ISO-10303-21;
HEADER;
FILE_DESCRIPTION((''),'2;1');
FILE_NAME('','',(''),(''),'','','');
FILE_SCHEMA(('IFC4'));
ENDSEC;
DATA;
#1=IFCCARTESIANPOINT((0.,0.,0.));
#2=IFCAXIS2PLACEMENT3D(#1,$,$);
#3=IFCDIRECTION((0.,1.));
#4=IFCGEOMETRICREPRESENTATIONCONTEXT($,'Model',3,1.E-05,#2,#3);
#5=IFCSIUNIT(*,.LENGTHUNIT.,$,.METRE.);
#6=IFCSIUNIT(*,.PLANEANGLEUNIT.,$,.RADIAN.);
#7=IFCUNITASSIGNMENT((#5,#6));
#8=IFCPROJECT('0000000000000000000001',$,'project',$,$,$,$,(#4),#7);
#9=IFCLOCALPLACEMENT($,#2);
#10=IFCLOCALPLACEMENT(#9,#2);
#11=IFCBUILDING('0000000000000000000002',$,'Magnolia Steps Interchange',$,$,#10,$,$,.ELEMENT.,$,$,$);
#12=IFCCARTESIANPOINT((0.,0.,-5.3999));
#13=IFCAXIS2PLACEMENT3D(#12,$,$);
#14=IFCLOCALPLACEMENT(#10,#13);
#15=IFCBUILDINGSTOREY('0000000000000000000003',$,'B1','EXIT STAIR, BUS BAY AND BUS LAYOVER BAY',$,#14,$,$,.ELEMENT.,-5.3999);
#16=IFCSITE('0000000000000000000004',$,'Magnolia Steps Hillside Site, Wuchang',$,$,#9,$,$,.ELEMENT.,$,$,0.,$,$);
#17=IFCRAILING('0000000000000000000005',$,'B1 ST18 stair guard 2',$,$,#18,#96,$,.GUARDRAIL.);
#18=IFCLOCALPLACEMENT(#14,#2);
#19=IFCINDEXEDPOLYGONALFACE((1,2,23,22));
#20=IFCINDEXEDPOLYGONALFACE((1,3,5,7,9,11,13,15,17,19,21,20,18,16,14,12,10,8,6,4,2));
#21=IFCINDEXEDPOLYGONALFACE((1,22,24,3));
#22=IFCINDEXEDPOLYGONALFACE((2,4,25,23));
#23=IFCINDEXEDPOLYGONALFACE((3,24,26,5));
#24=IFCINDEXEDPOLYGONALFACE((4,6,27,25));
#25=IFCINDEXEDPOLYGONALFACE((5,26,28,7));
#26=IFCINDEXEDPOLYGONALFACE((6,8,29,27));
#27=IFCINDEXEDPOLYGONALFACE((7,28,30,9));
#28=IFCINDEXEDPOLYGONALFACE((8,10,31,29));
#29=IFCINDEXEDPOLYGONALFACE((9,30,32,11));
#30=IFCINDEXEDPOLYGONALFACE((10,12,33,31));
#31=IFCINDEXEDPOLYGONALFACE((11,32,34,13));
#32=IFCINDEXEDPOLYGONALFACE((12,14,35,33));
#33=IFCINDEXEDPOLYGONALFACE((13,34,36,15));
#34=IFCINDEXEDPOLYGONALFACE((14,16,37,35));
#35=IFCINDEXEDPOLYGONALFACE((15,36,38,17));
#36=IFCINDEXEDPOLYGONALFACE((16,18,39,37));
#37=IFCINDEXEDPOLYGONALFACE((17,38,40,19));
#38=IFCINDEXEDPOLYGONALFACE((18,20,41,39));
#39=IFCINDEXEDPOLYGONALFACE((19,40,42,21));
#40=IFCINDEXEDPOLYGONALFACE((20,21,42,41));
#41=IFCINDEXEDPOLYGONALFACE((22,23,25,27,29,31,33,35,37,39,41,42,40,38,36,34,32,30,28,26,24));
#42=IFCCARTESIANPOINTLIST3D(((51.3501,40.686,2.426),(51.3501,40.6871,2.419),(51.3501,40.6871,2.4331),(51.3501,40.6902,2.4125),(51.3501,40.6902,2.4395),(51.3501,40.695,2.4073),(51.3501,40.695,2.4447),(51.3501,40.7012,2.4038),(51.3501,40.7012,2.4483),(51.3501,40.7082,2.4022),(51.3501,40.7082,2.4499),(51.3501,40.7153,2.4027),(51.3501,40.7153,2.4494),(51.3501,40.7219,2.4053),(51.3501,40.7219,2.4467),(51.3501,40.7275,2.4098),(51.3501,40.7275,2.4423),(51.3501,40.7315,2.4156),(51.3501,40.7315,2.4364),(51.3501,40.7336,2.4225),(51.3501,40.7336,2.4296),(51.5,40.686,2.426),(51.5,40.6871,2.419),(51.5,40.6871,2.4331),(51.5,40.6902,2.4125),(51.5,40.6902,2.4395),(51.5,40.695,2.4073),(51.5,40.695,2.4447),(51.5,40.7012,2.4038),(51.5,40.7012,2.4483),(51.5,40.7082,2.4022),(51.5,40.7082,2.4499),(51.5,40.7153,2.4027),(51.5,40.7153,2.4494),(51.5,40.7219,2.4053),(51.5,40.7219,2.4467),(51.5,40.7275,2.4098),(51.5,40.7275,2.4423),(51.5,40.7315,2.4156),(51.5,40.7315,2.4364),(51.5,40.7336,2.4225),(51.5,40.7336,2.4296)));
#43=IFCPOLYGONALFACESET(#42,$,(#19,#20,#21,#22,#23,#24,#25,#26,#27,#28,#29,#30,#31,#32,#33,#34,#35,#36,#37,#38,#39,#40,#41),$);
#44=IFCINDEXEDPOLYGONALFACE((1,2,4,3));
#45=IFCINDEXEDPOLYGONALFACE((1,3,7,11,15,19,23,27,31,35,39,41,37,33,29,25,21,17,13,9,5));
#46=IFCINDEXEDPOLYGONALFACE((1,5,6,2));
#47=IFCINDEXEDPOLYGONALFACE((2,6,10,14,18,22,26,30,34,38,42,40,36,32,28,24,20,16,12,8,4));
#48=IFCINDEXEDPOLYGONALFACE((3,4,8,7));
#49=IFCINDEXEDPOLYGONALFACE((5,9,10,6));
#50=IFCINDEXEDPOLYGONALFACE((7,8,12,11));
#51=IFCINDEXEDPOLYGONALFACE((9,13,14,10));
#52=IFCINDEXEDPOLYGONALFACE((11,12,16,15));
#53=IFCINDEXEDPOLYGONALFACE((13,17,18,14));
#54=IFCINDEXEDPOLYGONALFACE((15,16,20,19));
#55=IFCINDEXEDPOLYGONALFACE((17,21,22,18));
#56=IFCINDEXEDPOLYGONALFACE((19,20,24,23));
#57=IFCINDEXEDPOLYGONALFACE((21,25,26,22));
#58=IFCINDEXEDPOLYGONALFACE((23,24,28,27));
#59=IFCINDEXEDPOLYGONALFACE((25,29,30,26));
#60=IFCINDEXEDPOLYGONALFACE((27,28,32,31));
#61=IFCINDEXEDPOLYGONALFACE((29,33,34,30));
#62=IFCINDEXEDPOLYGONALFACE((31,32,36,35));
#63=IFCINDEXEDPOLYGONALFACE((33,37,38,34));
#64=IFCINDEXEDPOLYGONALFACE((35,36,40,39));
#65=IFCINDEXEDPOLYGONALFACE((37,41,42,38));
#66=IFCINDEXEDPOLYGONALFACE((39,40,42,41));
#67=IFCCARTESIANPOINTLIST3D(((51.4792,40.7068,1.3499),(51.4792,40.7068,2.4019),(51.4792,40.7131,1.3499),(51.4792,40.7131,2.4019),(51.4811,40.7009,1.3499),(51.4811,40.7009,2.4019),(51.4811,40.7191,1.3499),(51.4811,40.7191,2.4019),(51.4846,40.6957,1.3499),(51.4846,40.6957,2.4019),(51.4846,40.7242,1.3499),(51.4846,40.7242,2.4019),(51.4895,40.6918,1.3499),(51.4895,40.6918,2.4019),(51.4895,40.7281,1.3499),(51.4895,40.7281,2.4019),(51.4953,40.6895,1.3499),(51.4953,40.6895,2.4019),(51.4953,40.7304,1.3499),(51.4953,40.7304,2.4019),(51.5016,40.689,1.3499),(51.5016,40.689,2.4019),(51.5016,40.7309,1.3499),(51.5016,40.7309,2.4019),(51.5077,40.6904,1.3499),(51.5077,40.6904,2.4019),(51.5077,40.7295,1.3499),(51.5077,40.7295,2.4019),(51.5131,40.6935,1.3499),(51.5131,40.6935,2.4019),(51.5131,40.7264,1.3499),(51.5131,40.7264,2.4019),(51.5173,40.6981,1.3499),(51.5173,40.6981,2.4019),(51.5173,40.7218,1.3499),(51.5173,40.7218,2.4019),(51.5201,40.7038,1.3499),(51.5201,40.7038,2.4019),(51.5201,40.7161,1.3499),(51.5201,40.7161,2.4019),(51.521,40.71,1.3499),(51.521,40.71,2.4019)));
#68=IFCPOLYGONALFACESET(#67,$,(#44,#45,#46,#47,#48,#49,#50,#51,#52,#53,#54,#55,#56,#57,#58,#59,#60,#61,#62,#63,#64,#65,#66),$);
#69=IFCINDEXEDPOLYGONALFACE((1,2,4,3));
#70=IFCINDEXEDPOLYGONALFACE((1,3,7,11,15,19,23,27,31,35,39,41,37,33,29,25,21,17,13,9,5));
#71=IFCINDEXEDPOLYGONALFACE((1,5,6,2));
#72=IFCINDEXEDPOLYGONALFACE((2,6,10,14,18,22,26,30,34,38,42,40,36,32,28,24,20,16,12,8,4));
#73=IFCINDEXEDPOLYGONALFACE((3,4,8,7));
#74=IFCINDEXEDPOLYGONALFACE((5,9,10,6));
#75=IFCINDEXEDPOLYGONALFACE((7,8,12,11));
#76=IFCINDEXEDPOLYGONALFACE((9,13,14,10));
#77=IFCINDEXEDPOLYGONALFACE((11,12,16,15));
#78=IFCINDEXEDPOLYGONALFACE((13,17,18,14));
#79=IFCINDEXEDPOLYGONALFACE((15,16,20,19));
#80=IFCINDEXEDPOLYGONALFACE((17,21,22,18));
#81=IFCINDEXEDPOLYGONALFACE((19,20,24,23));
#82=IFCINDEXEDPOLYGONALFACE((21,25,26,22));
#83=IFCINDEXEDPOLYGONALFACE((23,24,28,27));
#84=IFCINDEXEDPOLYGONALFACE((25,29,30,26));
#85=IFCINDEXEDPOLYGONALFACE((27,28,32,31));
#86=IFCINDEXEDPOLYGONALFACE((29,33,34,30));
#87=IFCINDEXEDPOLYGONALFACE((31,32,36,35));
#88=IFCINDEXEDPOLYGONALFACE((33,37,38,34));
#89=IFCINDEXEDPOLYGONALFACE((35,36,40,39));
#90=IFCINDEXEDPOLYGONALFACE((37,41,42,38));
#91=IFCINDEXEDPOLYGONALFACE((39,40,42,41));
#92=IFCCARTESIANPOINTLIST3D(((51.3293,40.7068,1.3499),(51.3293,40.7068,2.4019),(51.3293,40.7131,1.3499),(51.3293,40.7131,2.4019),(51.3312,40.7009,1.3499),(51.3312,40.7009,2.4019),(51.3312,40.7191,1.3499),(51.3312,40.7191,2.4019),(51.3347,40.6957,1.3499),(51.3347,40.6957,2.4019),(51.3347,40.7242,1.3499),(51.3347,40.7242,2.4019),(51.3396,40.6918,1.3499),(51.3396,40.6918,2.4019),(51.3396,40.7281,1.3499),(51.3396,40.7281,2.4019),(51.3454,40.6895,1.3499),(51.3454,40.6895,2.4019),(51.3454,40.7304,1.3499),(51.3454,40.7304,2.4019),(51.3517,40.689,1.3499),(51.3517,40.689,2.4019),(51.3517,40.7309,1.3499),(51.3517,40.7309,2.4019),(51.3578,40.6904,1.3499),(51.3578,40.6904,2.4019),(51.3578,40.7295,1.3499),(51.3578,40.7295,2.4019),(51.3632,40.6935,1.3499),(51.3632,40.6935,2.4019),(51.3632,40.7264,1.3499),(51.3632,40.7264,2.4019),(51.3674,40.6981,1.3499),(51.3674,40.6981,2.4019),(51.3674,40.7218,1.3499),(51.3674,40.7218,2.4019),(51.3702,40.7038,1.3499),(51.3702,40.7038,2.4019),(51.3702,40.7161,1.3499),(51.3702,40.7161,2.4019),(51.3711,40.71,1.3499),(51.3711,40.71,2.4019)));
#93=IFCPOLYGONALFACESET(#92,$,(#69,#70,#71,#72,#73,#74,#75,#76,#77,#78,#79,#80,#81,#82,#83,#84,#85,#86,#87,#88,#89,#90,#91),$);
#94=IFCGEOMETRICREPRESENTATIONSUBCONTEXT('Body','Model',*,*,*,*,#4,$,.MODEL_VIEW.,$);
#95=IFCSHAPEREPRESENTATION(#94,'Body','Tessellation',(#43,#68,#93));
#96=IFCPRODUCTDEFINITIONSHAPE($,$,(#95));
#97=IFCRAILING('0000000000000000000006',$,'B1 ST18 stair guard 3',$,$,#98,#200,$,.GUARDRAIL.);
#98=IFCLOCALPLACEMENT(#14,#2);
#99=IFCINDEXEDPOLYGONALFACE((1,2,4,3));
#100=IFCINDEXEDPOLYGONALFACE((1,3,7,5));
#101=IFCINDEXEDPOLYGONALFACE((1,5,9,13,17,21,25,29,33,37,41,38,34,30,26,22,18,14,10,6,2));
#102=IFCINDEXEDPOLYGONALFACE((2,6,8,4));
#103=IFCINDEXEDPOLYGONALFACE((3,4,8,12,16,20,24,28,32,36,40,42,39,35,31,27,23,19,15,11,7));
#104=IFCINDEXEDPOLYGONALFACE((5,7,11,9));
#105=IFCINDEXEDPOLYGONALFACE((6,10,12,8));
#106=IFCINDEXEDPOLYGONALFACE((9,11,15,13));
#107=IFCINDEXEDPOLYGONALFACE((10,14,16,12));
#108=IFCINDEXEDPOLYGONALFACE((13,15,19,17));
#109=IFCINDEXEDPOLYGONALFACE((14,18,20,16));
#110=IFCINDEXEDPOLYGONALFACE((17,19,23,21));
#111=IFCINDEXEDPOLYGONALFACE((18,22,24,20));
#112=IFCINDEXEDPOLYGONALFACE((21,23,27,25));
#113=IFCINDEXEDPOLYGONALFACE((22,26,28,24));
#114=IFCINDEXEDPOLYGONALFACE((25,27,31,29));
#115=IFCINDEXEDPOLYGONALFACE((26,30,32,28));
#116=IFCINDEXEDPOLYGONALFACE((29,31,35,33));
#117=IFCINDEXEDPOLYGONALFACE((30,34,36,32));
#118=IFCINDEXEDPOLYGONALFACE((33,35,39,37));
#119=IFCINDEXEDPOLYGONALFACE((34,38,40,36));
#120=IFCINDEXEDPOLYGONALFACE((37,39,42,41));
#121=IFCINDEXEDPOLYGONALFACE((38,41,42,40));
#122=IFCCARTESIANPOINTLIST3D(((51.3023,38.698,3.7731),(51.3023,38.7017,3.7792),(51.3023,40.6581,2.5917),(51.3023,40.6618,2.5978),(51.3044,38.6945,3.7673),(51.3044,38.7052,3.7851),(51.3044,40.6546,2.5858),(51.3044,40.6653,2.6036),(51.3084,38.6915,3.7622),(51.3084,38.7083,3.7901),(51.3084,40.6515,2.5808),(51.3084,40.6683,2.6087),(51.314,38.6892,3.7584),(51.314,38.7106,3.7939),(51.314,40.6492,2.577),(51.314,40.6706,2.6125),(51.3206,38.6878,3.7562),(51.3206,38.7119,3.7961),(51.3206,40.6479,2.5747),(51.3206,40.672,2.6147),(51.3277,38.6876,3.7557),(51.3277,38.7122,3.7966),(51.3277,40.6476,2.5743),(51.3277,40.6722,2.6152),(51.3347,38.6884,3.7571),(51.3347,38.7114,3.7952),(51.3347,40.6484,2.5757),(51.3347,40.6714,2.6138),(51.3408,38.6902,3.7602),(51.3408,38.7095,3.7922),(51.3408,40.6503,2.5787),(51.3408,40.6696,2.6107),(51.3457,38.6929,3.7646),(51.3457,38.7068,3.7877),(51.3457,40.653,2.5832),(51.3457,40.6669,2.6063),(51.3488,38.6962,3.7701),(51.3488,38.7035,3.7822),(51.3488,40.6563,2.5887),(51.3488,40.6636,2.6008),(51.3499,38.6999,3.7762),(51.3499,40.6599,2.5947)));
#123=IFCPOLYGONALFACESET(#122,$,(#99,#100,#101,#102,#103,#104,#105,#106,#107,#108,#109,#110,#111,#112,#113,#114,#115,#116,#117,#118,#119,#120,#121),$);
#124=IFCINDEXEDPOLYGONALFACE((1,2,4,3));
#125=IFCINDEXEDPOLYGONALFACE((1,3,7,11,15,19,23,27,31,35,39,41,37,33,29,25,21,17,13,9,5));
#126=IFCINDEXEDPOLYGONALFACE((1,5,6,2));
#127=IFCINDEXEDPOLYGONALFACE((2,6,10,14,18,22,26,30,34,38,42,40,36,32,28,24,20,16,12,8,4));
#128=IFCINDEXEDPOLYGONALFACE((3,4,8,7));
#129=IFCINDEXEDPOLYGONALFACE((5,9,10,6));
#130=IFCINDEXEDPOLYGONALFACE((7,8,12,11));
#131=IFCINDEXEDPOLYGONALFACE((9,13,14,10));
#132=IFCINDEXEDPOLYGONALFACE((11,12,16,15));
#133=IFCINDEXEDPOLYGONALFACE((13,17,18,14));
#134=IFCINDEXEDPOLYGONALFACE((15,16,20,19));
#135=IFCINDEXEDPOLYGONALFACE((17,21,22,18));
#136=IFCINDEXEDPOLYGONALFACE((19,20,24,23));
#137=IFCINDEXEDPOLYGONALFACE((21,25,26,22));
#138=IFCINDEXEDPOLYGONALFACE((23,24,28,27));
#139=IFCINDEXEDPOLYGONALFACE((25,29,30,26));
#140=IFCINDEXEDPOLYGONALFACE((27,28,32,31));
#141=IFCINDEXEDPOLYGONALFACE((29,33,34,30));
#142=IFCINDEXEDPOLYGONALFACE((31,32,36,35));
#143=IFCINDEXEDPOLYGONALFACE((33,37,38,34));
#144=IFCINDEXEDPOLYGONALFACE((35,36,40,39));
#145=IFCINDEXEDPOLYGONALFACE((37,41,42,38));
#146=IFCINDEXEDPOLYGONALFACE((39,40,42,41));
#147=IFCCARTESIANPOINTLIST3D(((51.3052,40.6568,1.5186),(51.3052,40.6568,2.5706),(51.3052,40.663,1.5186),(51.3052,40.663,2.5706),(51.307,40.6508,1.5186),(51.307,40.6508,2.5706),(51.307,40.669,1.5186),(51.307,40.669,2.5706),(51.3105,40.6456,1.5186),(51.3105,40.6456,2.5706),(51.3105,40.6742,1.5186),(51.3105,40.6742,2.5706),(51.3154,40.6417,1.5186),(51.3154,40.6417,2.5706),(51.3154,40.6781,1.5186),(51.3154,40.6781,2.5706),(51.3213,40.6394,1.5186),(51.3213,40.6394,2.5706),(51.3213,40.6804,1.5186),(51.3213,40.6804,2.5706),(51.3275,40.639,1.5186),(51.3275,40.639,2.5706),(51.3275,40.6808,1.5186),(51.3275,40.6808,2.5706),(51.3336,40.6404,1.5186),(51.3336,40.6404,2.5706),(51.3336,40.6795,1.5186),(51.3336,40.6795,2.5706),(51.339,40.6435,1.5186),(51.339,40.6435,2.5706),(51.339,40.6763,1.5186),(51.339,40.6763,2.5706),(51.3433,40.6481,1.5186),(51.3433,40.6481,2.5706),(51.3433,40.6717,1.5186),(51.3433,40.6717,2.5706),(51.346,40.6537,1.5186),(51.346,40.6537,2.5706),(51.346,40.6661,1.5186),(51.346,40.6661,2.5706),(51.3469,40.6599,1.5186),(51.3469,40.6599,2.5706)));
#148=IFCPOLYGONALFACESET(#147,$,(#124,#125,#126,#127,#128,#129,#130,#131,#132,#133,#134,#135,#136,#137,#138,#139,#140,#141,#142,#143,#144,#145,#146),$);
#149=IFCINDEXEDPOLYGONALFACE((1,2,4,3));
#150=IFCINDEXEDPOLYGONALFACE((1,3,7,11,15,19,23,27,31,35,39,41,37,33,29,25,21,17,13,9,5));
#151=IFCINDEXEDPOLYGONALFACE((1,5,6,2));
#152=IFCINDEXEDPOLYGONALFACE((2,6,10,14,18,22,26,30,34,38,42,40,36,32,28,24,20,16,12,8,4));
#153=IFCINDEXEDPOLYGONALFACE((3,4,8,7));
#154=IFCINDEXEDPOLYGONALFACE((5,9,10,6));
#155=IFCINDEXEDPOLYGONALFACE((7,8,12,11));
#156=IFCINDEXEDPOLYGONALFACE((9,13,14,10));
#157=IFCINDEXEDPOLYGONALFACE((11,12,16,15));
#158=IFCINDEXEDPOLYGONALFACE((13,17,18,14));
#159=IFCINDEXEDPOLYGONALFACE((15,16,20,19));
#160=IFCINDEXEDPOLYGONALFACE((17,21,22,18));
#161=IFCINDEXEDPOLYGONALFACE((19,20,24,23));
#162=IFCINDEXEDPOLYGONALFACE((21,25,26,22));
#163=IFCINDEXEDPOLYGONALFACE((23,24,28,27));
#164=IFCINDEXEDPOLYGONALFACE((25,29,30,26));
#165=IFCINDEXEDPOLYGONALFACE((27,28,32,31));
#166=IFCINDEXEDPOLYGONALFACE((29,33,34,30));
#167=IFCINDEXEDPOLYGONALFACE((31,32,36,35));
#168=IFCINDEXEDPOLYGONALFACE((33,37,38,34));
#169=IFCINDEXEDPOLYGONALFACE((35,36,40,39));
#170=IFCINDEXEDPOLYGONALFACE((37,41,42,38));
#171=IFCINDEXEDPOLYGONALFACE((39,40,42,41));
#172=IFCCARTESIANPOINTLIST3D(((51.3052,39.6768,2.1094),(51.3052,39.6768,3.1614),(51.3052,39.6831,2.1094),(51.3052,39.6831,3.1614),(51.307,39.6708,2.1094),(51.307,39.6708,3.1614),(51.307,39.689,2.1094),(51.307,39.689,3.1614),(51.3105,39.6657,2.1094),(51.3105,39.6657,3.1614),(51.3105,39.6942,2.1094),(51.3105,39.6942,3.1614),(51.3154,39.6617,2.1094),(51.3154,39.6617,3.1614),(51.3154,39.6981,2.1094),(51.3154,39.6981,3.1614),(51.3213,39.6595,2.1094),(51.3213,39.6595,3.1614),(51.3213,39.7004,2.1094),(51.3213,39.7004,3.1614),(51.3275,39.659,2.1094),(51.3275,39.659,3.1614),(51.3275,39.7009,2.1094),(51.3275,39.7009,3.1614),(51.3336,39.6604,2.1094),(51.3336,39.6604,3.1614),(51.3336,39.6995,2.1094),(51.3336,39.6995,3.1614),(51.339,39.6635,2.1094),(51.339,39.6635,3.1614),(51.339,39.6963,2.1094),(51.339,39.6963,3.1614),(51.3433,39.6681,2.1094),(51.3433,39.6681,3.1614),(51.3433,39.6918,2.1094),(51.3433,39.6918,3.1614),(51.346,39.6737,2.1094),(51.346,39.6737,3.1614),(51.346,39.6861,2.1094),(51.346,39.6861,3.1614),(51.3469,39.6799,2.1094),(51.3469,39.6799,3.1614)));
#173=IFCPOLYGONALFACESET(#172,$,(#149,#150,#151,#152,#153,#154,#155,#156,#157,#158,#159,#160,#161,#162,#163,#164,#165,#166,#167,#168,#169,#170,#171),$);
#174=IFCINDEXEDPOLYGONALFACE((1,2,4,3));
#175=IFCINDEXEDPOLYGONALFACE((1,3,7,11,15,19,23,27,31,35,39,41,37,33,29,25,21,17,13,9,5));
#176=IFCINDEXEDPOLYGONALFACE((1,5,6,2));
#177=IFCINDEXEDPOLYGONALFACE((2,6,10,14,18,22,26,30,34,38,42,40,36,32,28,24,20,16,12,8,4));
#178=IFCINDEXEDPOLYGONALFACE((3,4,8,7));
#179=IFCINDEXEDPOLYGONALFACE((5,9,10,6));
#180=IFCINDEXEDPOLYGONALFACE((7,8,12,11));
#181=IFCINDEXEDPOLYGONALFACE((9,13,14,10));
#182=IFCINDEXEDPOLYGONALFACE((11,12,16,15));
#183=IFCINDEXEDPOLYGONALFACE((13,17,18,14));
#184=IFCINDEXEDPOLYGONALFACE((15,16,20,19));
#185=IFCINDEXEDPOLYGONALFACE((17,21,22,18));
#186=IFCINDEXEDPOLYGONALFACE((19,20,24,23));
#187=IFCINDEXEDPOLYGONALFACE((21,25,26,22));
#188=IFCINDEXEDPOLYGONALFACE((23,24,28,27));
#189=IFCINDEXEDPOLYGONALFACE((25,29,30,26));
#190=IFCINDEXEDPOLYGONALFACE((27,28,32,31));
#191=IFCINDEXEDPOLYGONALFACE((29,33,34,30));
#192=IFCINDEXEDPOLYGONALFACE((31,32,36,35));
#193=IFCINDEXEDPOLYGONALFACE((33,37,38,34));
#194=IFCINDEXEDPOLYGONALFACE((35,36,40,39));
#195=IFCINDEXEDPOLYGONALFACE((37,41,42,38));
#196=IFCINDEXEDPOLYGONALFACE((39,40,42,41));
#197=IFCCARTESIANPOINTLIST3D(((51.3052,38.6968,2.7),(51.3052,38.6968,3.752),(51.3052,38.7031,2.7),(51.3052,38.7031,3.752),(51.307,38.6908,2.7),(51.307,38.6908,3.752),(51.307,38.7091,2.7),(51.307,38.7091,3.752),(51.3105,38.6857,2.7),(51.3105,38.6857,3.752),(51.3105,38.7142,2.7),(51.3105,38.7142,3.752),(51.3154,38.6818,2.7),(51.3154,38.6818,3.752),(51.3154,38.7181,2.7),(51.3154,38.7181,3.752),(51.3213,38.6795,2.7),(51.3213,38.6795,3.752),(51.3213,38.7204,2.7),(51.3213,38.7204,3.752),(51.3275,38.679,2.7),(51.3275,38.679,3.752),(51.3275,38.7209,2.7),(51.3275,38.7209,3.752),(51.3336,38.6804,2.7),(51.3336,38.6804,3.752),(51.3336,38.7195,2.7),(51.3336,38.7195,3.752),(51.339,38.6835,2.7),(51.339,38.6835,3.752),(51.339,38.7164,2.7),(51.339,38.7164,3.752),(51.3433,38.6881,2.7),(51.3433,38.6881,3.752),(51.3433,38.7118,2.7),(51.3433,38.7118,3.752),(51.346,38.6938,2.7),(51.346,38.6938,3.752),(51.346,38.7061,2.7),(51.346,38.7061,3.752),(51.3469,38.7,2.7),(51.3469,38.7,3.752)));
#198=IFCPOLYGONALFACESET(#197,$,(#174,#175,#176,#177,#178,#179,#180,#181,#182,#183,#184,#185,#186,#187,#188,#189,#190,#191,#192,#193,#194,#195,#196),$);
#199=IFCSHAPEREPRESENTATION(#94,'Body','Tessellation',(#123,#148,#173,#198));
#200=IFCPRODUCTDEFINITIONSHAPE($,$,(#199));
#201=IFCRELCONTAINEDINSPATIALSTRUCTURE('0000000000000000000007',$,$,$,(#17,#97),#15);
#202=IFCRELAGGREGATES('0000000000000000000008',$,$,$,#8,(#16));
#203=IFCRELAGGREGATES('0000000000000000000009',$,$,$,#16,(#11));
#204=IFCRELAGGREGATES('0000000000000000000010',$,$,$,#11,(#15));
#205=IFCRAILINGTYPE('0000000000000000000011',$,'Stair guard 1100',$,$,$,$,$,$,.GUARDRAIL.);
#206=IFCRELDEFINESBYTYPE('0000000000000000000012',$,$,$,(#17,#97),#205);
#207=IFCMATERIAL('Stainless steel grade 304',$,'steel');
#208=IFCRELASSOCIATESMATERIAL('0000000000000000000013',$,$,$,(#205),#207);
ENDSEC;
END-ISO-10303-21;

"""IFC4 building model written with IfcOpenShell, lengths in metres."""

from ifc_helpers import new_model, si_unit, direction, frame, origin, origin_2d, place, context, subcontext, project, spatial, circle, extrude, material, type_object, element, save


model = new_model("IFC4")

# Units and contexts
model_context = context("Model", 3, precision=1e-05, world=origin(), true_north=direction((0.0, 1.0)))
body_context = subcontext(model_context, "Body", "Model", "MODEL_VIEW")
ifc_project = project(units=[si_unit("LENGTHUNIT", "METRE"), si_unit("PLANEANGLEUNIT", "RADIAN")], contexts=[model_context])

# Site, building, storey
site_placement = place(None, origin())
site = spatial("IfcSite", under=ifc_project, at=site_placement, Name="Magnolia Steps Hillside Site, Wuchang", CompositionType="ELEMENT", RefElevation=0.0)
building_placement = place(site_placement, origin())
building = spatial("IfcBuilding", under=site, at=building_placement, Name="Magnolia Steps Interchange", CompositionType="ELEMENT")
storey_placement = place(building_placement, frame((0.0, 0.0, -5.3999)))
storey = spatial("IfcBuildingStorey", under=building, at=storey_placement, Name="B1", Description="EXIT STAIR, BUS BAY AND BUS LAYOVER BAY", CompositionType="ELEMENT", Elevation=-5.3999)

# Railings
ifc_material_1 = material(Name="Stainless steel grade 304", Category="steel")
railing_type_1 = type_object("IfcRailingType", Name="Stair guard 1100", PredefinedType="GUARDRAIL", material=ifc_material_1)
for number, where, name in (
    (1, (51.5, 40.71, 1.3499), "B1 ST18 stair guard 2"),
):
    element("IfcRailing", number, at=place(storey_placement, frame(where)), inside=storey, type_object=railing_type_1, Name=name, PredefinedType="GUARDRAIL", context=body_context, shape_type="SweptSolid", body=[
        extrude(circle(Radius=0.0239, at=origin_2d()), frame((0.0, 0.0, 1.0762), z_axis=(-1.0, 0.0, 0.0), x_axis=(0.0, -1.0, 0.0)), (0.0, 0.0, 1.0), 0.1499),
        extrude(circle(Radius=0.021, at=origin_2d()), origin(), (0.0, 0.0, 1.0), 1.052),
        extrude(circle(Radius=0.021, at=origin_2d()), frame((-0.1499, 0.0, 0.0)), (0.0, 0.0, 1.0), 1.052),
    ])
railing_1_placement = place(storey_placement, frame((51.3259, 40.6599, 1.5186)))
element("IfcRailing", 2, at=railing_1_placement, inside=storey, type_object=railing_type_1, Name="B1 ST18 stair guard 3", PredefinedType="GUARDRAIL", context=body_context, shape_type="SweptSolid", body=[
    extrude(circle(Radius=0.0239, at=origin_2d()), frame((0.0, 0.0, 1.0762), z_axis=(0.0, -0.856446, 0.516236), x_axis=(1.0, 0.0, 0.0)), (0.0, 0.0, 1.0), 2.2886),
    extrude(circle(Radius=0.021, at=origin_2d()), origin(), (0.0, 0.0, 1.0), 1.052),
    extrude(circle(Radius=0.021, at=origin_2d()), frame((0.0, -0.98, 0.5908)), (0.0, 0.0, 1.0), 1.052),
    extrude(circle(Radius=0.021, at=origin_2d()), frame((0.0, -1.96, 1.1814)), (0.0, 0.0, 1.0), 1.052),
])

save(model, "model.ifc")
